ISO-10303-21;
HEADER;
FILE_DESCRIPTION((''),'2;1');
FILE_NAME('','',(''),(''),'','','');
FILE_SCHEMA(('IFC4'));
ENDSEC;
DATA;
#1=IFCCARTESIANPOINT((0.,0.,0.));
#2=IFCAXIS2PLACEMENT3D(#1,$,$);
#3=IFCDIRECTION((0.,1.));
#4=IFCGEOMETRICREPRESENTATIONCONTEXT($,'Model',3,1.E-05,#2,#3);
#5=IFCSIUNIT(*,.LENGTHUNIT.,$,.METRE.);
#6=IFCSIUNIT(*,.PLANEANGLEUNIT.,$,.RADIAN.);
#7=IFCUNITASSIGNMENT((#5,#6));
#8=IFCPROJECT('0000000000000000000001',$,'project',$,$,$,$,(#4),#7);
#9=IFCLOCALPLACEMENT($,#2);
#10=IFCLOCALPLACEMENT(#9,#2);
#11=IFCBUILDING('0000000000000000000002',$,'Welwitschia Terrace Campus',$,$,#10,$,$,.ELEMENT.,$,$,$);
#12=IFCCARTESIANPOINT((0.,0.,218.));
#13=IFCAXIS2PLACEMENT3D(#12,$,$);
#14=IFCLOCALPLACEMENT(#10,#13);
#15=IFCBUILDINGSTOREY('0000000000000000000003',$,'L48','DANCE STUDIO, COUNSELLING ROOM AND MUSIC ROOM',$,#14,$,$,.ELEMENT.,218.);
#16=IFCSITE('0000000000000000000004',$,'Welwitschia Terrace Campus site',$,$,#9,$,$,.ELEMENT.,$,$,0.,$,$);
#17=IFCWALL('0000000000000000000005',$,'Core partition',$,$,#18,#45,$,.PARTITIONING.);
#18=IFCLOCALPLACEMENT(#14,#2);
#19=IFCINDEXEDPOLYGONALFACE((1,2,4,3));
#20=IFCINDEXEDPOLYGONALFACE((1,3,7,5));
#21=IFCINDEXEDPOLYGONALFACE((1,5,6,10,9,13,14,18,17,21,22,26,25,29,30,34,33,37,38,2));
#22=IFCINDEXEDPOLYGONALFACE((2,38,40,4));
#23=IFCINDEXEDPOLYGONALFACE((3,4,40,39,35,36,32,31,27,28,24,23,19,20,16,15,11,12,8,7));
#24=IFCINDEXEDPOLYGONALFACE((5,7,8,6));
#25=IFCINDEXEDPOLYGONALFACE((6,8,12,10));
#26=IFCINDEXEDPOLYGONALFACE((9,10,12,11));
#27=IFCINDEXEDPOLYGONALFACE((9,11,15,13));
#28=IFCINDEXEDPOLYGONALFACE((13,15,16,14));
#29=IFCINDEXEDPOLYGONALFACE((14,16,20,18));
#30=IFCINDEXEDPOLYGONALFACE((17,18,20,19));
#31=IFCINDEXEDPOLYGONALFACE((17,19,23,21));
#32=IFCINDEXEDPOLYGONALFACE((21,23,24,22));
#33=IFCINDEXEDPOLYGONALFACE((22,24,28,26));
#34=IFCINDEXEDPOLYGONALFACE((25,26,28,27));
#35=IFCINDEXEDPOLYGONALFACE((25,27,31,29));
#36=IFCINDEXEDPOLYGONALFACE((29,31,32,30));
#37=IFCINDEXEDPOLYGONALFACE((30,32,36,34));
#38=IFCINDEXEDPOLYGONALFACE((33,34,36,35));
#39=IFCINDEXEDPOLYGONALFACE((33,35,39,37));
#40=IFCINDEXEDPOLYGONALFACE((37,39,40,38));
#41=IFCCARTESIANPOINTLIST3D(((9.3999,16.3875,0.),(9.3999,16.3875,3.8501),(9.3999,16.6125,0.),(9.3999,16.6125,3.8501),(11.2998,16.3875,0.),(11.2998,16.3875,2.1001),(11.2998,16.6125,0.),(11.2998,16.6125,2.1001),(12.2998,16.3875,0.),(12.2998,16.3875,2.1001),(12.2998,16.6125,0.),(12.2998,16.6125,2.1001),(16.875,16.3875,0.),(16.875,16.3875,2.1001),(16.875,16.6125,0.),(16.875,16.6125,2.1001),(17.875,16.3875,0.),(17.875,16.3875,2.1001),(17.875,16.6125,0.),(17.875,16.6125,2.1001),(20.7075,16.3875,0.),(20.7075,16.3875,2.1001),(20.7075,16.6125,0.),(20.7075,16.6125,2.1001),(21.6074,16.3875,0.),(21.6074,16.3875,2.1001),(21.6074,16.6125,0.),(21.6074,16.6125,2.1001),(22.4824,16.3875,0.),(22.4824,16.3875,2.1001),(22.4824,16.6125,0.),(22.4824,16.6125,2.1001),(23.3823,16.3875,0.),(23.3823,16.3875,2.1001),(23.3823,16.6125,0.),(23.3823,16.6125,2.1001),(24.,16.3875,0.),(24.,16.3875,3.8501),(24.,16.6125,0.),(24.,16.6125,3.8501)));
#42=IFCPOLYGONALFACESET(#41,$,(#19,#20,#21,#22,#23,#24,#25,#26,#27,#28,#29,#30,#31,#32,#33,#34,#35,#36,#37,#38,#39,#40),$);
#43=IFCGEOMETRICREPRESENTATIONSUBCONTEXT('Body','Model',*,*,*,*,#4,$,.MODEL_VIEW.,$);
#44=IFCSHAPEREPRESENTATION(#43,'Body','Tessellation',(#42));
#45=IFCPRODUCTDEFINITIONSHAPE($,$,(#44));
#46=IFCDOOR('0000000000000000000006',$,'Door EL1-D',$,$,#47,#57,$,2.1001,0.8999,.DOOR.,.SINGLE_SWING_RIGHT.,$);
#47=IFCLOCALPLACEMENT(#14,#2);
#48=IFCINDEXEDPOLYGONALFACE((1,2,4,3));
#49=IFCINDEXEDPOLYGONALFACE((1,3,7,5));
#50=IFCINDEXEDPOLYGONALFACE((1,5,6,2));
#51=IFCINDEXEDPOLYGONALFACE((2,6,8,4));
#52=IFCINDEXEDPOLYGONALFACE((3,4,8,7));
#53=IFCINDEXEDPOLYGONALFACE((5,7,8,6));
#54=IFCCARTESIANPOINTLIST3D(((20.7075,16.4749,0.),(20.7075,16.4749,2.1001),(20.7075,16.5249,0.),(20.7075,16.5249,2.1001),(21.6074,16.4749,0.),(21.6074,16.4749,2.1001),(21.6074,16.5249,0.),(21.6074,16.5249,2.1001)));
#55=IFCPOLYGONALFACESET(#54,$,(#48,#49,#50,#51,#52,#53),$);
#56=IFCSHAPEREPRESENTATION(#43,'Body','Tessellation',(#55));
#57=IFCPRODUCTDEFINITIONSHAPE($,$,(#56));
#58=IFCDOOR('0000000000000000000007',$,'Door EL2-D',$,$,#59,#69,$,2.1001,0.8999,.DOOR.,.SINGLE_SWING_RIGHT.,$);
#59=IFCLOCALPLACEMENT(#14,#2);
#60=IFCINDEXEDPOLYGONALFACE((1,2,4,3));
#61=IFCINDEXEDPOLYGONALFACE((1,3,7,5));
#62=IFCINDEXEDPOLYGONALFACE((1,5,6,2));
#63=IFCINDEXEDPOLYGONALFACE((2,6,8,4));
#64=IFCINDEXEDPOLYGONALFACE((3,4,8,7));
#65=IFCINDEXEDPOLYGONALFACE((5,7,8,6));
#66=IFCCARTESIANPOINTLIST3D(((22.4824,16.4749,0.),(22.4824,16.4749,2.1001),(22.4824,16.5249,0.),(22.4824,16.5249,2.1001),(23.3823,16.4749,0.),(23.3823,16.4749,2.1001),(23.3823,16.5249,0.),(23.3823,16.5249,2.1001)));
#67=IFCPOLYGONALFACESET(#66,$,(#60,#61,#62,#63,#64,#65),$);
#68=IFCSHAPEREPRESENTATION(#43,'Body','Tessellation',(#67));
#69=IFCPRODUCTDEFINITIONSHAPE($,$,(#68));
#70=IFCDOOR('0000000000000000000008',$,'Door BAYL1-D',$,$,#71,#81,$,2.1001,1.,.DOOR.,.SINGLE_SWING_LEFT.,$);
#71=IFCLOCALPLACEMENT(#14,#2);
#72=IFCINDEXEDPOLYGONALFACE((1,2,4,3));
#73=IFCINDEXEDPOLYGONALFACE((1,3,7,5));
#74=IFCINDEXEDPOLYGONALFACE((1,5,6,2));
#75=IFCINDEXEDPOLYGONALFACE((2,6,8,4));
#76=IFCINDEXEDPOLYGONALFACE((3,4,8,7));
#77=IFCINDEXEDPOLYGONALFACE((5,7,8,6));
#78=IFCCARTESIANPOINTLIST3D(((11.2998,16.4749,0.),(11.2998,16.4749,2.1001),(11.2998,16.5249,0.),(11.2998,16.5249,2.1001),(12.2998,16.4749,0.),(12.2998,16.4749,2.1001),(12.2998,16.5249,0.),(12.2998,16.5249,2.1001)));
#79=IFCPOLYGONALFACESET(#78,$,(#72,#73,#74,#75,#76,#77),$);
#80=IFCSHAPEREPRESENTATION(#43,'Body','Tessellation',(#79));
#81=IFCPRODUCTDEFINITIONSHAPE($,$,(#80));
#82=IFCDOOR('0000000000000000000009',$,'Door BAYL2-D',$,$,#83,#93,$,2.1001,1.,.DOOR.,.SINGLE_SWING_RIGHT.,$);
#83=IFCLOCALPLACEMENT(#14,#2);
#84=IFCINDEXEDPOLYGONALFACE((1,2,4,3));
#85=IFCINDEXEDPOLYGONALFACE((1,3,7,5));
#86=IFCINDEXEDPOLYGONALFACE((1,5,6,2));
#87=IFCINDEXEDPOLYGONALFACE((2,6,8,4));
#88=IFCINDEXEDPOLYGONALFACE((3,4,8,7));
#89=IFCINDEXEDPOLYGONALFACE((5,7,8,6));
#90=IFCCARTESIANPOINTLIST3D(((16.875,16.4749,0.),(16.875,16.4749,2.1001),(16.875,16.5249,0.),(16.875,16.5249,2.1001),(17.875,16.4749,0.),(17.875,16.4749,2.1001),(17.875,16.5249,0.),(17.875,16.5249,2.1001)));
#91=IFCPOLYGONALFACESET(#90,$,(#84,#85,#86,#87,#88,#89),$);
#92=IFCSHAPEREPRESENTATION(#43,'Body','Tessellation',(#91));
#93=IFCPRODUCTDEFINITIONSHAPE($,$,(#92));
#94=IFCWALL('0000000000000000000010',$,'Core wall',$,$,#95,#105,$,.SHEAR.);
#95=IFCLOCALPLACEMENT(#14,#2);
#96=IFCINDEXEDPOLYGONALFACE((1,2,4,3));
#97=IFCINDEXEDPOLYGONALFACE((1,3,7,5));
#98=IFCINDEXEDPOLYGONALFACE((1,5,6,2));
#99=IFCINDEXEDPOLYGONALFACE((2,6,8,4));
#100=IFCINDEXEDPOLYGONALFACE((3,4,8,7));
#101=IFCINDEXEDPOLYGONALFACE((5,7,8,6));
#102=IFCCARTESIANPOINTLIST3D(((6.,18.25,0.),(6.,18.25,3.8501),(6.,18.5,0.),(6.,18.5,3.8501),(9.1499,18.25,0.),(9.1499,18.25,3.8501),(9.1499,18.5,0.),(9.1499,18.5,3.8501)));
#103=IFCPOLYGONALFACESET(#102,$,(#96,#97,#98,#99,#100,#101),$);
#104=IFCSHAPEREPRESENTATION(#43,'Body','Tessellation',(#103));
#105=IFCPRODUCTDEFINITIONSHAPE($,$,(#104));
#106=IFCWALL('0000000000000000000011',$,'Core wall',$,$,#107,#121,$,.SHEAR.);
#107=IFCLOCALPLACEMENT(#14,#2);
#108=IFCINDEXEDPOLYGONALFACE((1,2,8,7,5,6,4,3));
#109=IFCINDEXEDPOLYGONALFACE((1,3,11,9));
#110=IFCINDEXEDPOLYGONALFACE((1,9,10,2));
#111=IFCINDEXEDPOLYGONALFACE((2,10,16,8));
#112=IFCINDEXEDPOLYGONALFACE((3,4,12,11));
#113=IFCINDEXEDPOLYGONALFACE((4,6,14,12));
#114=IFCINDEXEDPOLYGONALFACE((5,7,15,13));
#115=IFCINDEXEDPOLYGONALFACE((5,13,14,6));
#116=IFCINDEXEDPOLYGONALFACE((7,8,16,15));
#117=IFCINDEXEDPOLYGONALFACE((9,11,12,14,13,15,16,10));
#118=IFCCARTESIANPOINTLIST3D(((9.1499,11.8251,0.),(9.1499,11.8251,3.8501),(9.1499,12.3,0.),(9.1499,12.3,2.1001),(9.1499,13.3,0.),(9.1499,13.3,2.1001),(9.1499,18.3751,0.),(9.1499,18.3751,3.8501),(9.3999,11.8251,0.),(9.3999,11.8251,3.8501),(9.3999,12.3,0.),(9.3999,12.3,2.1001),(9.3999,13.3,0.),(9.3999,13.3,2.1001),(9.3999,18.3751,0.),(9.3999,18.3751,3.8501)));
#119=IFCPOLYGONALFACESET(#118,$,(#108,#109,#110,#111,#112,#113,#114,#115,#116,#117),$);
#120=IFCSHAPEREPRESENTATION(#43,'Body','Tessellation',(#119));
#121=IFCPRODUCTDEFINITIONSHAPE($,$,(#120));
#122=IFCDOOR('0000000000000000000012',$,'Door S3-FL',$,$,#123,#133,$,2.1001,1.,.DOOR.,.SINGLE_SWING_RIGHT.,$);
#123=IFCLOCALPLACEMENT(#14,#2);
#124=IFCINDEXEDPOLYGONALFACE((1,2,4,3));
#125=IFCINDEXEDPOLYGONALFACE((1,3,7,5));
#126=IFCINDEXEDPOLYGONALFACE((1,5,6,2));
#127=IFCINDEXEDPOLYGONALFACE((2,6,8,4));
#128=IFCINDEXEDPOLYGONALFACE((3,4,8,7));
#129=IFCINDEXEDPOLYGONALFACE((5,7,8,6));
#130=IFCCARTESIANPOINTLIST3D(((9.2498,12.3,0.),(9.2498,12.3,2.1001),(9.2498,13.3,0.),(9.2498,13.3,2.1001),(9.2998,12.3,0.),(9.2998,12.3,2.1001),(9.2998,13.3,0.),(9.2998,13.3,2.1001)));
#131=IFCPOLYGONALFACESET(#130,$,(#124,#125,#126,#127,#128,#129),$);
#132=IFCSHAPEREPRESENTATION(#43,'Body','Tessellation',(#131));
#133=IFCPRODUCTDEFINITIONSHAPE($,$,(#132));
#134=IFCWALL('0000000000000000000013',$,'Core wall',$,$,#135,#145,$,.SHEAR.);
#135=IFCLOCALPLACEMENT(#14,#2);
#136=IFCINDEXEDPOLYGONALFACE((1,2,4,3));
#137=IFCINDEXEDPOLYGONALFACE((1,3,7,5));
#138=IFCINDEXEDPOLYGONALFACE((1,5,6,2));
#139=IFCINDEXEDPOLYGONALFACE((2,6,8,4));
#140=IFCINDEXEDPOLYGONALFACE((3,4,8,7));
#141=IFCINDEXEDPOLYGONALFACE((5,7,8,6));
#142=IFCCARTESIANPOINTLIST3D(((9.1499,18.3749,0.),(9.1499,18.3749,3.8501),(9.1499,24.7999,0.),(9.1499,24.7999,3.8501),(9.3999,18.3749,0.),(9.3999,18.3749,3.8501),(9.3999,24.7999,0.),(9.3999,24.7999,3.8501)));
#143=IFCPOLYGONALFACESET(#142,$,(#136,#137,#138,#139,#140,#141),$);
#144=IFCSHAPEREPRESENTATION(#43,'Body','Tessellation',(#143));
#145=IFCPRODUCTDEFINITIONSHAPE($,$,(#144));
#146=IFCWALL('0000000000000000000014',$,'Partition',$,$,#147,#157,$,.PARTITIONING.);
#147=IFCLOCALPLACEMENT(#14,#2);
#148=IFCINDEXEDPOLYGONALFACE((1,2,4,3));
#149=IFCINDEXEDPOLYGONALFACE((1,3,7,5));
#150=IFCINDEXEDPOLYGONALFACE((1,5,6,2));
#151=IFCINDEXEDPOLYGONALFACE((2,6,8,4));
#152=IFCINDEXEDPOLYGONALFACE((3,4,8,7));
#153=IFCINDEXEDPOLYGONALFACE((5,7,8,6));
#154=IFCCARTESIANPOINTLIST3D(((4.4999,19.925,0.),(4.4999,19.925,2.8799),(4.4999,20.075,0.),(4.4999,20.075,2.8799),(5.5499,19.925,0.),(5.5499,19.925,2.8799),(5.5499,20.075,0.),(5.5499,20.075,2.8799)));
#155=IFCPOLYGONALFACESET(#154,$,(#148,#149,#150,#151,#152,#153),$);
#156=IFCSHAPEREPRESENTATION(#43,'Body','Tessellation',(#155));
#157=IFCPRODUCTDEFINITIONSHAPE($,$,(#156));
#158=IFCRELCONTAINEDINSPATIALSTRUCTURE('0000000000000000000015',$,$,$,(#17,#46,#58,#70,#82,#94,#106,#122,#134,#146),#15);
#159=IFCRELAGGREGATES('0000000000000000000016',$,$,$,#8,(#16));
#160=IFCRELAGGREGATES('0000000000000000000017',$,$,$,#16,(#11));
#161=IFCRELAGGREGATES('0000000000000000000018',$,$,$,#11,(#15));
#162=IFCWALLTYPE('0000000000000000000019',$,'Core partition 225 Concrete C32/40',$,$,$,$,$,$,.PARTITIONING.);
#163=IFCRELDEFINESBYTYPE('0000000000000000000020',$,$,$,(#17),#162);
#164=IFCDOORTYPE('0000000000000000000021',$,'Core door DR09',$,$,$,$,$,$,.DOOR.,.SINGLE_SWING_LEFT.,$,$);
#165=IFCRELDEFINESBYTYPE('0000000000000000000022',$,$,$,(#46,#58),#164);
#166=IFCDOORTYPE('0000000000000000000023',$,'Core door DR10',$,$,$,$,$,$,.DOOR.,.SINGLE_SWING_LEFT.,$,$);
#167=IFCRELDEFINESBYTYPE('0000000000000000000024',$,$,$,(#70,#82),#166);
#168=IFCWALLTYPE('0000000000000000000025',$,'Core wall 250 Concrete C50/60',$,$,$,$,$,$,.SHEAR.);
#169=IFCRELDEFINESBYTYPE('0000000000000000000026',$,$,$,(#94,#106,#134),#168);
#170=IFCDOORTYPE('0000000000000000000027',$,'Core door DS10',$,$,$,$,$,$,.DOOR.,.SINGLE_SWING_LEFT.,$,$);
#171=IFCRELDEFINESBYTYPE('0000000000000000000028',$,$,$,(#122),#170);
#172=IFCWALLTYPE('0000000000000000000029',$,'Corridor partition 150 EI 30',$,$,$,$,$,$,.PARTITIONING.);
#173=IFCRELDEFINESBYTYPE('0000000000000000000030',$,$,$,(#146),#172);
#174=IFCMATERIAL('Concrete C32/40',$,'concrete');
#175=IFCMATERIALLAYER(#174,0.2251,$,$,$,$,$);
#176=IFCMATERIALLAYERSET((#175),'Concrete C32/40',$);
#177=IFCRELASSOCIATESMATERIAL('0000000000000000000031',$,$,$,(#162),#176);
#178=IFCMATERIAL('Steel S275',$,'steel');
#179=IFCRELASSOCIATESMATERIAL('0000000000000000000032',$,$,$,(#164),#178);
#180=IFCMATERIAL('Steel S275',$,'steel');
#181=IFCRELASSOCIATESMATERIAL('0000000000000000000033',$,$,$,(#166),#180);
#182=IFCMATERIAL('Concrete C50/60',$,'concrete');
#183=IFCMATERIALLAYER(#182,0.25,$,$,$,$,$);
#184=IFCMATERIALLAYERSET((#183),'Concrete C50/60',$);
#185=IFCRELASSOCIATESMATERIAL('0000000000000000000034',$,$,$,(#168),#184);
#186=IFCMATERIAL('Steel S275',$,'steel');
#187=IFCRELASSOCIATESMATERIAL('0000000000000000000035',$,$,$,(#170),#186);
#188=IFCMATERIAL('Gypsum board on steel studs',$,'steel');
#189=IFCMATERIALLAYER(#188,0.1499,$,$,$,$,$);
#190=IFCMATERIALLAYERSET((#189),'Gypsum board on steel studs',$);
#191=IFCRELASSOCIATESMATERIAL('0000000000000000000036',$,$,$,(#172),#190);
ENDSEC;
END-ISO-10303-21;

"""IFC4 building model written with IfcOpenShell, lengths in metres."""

from ifc_helpers import new_model, si_unit, direction, frame, frame_2d, origin, place, context, subcontext, project, spatial, rectangle, extrude, material, layer, layer_set, type_object, element, fill, save


model = new_model("IFC4")

# Units and contexts
model_context = context("Model", 3, precision=1e-05, world=origin(), true_north=direction((0.0, 1.0)))
body_context = subcontext(model_context, "Body", "Model", "MODEL_VIEW")
ifc_project = project(units=[si_unit("LENGTHUNIT", "METRE"), si_unit("PLANEANGLEUNIT", "RADIAN")], contexts=[model_context])

# Site, building, storey
site_placement = place(None, origin())
site = spatial("IfcSite", under=ifc_project, at=site_placement, Name="Welwitschia Terrace Campus site", CompositionType="ELEMENT", RefElevation=0.0)
building_placement = place(site_placement, origin())
building = spatial("IfcBuilding", under=site, at=building_placement, Name="Welwitschia Terrace Campus", CompositionType="ELEMENT")
storey_placement = place(building_placement, frame((0.0, 0.0, 218.0)))
storey = spatial("IfcBuildingStorey", under=building, at=storey_placement, Name="L48", Description="DANCE STUDIO, COUNSELLING ROOM AND MUSIC ROOM", CompositionType="ELEMENT", Elevation=218.0)

# Shared definitions
ifc_material_1 = material(Name="Concrete C32/40", Category="concrete")
ifc_layer_1 = layer(ifc_material_1, 0.2251)
ifc_layer_set_1 = layer_set([ifc_layer_1], Name="Concrete C32/40")
wall_type_1 = type_object("IfcWallType", Name="Core partition 225 Concrete C32/40", PredefinedType="PARTITIONING", material=ifc_layer_set_1)

# Wall, openings, doors
wall_1_placement = place(storey_placement, frame((9.3999, 16.5, 0.0), z_axis=(0.0, 0.0, 1.0), x_axis=(1.0, 0.0, 0.0)))
wall_1 = element("IfcWall", 1, at=wall_1_placement, inside=storey, type_object=wall_type_1, Name="Core partition", PredefinedType="PARTITIONING", context=body_context, shape_type="SweptSolid", body=[
    extrude(rectangle(XDim=14.6001, YDim=0.2251, at=frame_2d((7.3, 0.0))), origin(), (0.0, 0.0, 1.0), 3.8501),
])
opening_1_placement = place(wall_1_placement, frame((1.8999, 0.0, 0.0)))
opening_1 = element("IfcOpeningElement", 2, at=opening_1_placement, cuts=wall_1, PredefinedType="OPENING", context=body_context, shape_type="SweptSolid", body=[
    extrude(rectangle(XDim=1.0, YDim=2.1001, at=frame_2d((0.5, 1.05))), frame((0.0, 0.1226, 0.0), z_axis=(0.0, -1.0, 0.0), x_axis=(1.0, 0.0, 0.0)), (0.0, 0.0, 1.0), 0.2451),
])
opening_2_placement = place(wall_1_placement, frame((7.4751, 0.0, 0.0)))
opening_2 = element("IfcOpeningElement", 3, at=opening_2_placement, cuts=wall_1, PredefinedType="OPENING", context=body_context, shape_type="SweptSolid", body=[
    extrude(rectangle(XDim=1.0, YDim=2.1001, at=frame_2d((0.5, 1.05))), frame((0.0, 0.1226, 0.0), z_axis=(0.0, -1.0, 0.0), x_axis=(1.0, 0.0, 0.0)), (0.0, 0.0, 1.0), 0.2451),
])
opening_3_placement = place(wall_1_placement, frame((11.3076, 0.0, 0.0)))
opening_3 = element("IfcOpeningElement", 4, at=opening_3_placement, cuts=wall_1, PredefinedType="OPENING", context=body_context, shape_type="SweptSolid", body=[
    extrude(rectangle(XDim=0.8999, YDim=2.1001, at=frame_2d((0.45, 1.05))), frame((0.0, 0.1226, 0.0), z_axis=(0.0, -1.0, 0.0), x_axis=(1.0, 0.0, 0.0)), (0.0, 0.0, 1.0), 0.2451),
])
opening_4_placement = place(wall_1_placement, frame((13.0825, 0.0, 0.0)))
opening_4 = element("IfcOpeningElement", 5, at=opening_4_placement, cuts=wall_1, PredefinedType="OPENING", context=body_context, shape_type="SweptSolid", body=[
    extrude(rectangle(XDim=0.8999, YDim=2.1001, at=frame_2d((0.45, 1.05))), frame((0.0, 0.1226, 0.0), z_axis=(0.0, -1.0, 0.0), x_axis=(1.0, 0.0, 0.0)), (0.0, 0.0, 1.0), 0.2451),
])
ifc_material_2 = material(Name="Steel S275", Category="steel")
door_type_1 = type_object("IfcDoorType", Name="Core door DR09", OperationType="SINGLE_SWING_LEFT", PredefinedType="DOOR", material=ifc_material_2)
door_1_placement = place(opening_3_placement, origin())
door_1 = element("IfcDoor", 6, at=door_1_placement, inside=storey, type_object=door_type_1, Name="Door EL1-D", OperationType="SINGLE_SWING_RIGHT", OverallHeight=2.1001, OverallWidth=0.8999, PredefinedType="DOOR", context=body_context, shape_type="SweptSolid", body=[
    extrude(rectangle(XDim=0.8999, YDim=2.1001, at=frame_2d((0.45, 1.05))), frame((0.0, 0.0249, 0.0), z_axis=(0.0, -1.0, 0.0), x_axis=(1.0, 0.0, 0.0)), (0.0, 0.0, 1.0), 0.05),
])
fill(opening_3, door_1)
door_2_placement = place(opening_4_placement, origin())
door_2 = element("IfcDoor", 7, at=door_2_placement, inside=storey, type_object=door_type_1, Name="Door EL2-D", OperationType="SINGLE_SWING_RIGHT", OverallHeight=2.1001, OverallWidth=0.8999, PredefinedType="DOOR", context=body_context, shape_type="SweptSolid", body=[
    extrude(rectangle(XDim=0.8999, YDim=2.1001, at=frame_2d((0.45, 1.05))), frame((0.0, 0.0249, 0.0), z_axis=(0.0, -1.0, 0.0), x_axis=(1.0, 0.0, 0.0)), (0.0, 0.0, 1.0), 0.05),
])
fill(opening_4, door_2)
ifc_material_3 = material(Name="Steel S275", Category="steel")
door_type_2 = type_object("IfcDoorType", Name="Core door DR10", OperationType="SINGLE_SWING_LEFT", PredefinedType="DOOR", material=ifc_material_3)
door_3_placement = place(opening_1_placement, origin())
door_3 = element("IfcDoor", 8, at=door_3_placement, inside=storey, type_object=door_type_2, Name="Door BAYL1-D", OperationType="SINGLE_SWING_LEFT", OverallHeight=2.1001, OverallWidth=1.0, PredefinedType="DOOR", context=body_context, shape_type="SweptSolid", body=[
    extrude(rectangle(XDim=1.0, YDim=2.1001, at=frame_2d((0.5, 1.05))), frame((0.0, 0.0249, 0.0), z_axis=(0.0, -1.0, 0.0), x_axis=(1.0, 0.0, 0.0)), (0.0, 0.0, 1.0), 0.05),
])
fill(opening_1, door_3)
door_4_placement = place(opening_2_placement, origin())
door_4 = element("IfcDoor", 9, at=door_4_placement, inside=storey, type_object=door_type_2, Name="Door BAYL2-D", OperationType="SINGLE_SWING_RIGHT", OverallHeight=2.1001, OverallWidth=1.0, PredefinedType="DOOR", context=body_context, shape_type="SweptSolid", body=[
    extrude(rectangle(XDim=1.0, YDim=2.1001, at=frame_2d((0.5, 1.05))), frame((0.0, 0.0249, 0.0), z_axis=(0.0, -1.0, 0.0), x_axis=(1.0, 0.0, 0.0)), (0.0, 0.0, 1.0), 0.05),
])
fill(opening_2, door_4)

# Wall
ifc_material_4 = material(Name="Concrete C50/60", Category="concrete")
ifc_layer_2 = layer(ifc_material_4, 0.25)
ifc_layer_set_2 = layer_set([ifc_layer_2], Name="Concrete C50/60")
wall_type_2 = type_object("IfcWallType", Name="Core wall 250 Concrete C50/60", PredefinedType="SHEAR", material=ifc_layer_set_2)
wall_2_placement = place(storey_placement, frame((6.0, 18.375, 0.0), z_axis=(0.0, 0.0, 1.0), x_axis=(1.0, 0.0, 0.0)))
element("IfcWall", 10, at=wall_2_placement, inside=storey, type_object=wall_type_2, Name="Core wall", PredefinedType="SHEAR", context=body_context, shape_type="SweptSolid", body=[
    extrude(rectangle(XDim=3.1499, YDim=0.25, at=frame_2d((1.575, 0.0))), origin(), (0.0, 0.0, 1.0), 3.8501),
])

# Wall, opening, door
wall_3_placement = place(storey_placement, frame((9.2749, 18.375, 0.0), z_axis=(0.0, 0.0, 1.0), x_axis=(0.0, -1.0, 0.0)))
wall_3 = element("IfcWall", 11, at=wall_3_placement, inside=storey, type_object=wall_type_2, Name="Core wall", PredefinedType="SHEAR", context=body_context, shape_type="SweptSolid", body=[
    extrude(rectangle(XDim=6.55, YDim=0.25, at=frame_2d((3.2749, 0.0))), origin(), (0.0, 0.0, 1.0), 3.8501),
])
opening_5_placement = place(wall_3_placement, frame((5.075, 0.0, 0.0)))
opening_5 = element("IfcOpeningElement", 12, at=opening_5_placement, cuts=wall_3, PredefinedType="OPENING", context=body_context, shape_type="SweptSolid", body=[
    extrude(rectangle(XDim=1.0, YDim=2.1001, at=frame_2d((0.5, 1.05))), frame((0.0, 0.135, 0.0), z_axis=(0.0, -1.0, 0.0), x_axis=(1.0, 0.0, 0.0)), (0.0, 0.0, 1.0), 0.27),
])
ifc_material_5 = material(Name="Steel S275", Category="steel")
door_type_3 = type_object("IfcDoorType", Name="Core door DS10", OperationType="SINGLE_SWING_LEFT", PredefinedType="DOOR", material=ifc_material_5)
door_5_placement = place(opening_5_placement, origin())
door_5 = element("IfcDoor", 13, at=door_5_placement, inside=storey, type_object=door_type_3, Name="Door S3-FL", OperationType="SINGLE_SWING_RIGHT", OverallHeight=2.1001, OverallWidth=1.0, PredefinedType="DOOR", context=body_context, shape_type="SweptSolid", body=[
    extrude(rectangle(XDim=1.0, YDim=2.1001, at=frame_2d((0.5, 1.05))), frame((0.0, 0.0249, 0.0), z_axis=(0.0, -1.0, 0.0), x_axis=(1.0, 0.0, 0.0)), (0.0, 0.0, 1.0), 0.05),
])
fill(opening_5, door_5)

# Walls
wall_4_placement = place(storey_placement, frame((9.2749, 18.375, 0.0), z_axis=(0.0, 0.0, 1.0), x_axis=(0.0, 1.0, 0.0)))
element("IfcWall", 14, at=wall_4_placement, inside=storey, type_object=wall_type_2, Name="Core wall", PredefinedType="SHEAR", context=body_context, shape_type="SweptSolid", body=[
    extrude(rectangle(XDim=6.425, YDim=0.25, at=frame_2d((3.2124, 0.0))), origin(), (0.0, 0.0, 1.0), 3.8501),
])
ifc_material_6 = material(Name="Gypsum board on steel studs", Category="steel")
ifc_layer_3 = layer(ifc_material_6, 0.1499)
ifc_layer_set_3 = layer_set([ifc_layer_3], Name="Gypsum board on steel studs")
wall_type_3 = type_object("IfcWallType", Name="Corridor partition 150 EI 30", PredefinedType="PARTITIONING", material=ifc_layer_set_3)
wall_5_placement = place(storey_placement, frame((4.5, 20.0, 0.0), z_axis=(0.0, 0.0, 1.0), x_axis=(1.0, 0.0, 0.0)))
element("IfcWall", 15, at=wall_5_placement, inside=storey, type_object=wall_type_3, Name="Partition", PredefinedType="PARTITIONING", context=body_context, shape_type="SweptSolid", body=[
    extrude(rectangle(XDim=1.05, YDim=0.1499, at=frame_2d((0.5249, 0.0))), origin(), (0.0, 0.0, 1.0), 2.8799),
])

save(model, "model.ifc")
